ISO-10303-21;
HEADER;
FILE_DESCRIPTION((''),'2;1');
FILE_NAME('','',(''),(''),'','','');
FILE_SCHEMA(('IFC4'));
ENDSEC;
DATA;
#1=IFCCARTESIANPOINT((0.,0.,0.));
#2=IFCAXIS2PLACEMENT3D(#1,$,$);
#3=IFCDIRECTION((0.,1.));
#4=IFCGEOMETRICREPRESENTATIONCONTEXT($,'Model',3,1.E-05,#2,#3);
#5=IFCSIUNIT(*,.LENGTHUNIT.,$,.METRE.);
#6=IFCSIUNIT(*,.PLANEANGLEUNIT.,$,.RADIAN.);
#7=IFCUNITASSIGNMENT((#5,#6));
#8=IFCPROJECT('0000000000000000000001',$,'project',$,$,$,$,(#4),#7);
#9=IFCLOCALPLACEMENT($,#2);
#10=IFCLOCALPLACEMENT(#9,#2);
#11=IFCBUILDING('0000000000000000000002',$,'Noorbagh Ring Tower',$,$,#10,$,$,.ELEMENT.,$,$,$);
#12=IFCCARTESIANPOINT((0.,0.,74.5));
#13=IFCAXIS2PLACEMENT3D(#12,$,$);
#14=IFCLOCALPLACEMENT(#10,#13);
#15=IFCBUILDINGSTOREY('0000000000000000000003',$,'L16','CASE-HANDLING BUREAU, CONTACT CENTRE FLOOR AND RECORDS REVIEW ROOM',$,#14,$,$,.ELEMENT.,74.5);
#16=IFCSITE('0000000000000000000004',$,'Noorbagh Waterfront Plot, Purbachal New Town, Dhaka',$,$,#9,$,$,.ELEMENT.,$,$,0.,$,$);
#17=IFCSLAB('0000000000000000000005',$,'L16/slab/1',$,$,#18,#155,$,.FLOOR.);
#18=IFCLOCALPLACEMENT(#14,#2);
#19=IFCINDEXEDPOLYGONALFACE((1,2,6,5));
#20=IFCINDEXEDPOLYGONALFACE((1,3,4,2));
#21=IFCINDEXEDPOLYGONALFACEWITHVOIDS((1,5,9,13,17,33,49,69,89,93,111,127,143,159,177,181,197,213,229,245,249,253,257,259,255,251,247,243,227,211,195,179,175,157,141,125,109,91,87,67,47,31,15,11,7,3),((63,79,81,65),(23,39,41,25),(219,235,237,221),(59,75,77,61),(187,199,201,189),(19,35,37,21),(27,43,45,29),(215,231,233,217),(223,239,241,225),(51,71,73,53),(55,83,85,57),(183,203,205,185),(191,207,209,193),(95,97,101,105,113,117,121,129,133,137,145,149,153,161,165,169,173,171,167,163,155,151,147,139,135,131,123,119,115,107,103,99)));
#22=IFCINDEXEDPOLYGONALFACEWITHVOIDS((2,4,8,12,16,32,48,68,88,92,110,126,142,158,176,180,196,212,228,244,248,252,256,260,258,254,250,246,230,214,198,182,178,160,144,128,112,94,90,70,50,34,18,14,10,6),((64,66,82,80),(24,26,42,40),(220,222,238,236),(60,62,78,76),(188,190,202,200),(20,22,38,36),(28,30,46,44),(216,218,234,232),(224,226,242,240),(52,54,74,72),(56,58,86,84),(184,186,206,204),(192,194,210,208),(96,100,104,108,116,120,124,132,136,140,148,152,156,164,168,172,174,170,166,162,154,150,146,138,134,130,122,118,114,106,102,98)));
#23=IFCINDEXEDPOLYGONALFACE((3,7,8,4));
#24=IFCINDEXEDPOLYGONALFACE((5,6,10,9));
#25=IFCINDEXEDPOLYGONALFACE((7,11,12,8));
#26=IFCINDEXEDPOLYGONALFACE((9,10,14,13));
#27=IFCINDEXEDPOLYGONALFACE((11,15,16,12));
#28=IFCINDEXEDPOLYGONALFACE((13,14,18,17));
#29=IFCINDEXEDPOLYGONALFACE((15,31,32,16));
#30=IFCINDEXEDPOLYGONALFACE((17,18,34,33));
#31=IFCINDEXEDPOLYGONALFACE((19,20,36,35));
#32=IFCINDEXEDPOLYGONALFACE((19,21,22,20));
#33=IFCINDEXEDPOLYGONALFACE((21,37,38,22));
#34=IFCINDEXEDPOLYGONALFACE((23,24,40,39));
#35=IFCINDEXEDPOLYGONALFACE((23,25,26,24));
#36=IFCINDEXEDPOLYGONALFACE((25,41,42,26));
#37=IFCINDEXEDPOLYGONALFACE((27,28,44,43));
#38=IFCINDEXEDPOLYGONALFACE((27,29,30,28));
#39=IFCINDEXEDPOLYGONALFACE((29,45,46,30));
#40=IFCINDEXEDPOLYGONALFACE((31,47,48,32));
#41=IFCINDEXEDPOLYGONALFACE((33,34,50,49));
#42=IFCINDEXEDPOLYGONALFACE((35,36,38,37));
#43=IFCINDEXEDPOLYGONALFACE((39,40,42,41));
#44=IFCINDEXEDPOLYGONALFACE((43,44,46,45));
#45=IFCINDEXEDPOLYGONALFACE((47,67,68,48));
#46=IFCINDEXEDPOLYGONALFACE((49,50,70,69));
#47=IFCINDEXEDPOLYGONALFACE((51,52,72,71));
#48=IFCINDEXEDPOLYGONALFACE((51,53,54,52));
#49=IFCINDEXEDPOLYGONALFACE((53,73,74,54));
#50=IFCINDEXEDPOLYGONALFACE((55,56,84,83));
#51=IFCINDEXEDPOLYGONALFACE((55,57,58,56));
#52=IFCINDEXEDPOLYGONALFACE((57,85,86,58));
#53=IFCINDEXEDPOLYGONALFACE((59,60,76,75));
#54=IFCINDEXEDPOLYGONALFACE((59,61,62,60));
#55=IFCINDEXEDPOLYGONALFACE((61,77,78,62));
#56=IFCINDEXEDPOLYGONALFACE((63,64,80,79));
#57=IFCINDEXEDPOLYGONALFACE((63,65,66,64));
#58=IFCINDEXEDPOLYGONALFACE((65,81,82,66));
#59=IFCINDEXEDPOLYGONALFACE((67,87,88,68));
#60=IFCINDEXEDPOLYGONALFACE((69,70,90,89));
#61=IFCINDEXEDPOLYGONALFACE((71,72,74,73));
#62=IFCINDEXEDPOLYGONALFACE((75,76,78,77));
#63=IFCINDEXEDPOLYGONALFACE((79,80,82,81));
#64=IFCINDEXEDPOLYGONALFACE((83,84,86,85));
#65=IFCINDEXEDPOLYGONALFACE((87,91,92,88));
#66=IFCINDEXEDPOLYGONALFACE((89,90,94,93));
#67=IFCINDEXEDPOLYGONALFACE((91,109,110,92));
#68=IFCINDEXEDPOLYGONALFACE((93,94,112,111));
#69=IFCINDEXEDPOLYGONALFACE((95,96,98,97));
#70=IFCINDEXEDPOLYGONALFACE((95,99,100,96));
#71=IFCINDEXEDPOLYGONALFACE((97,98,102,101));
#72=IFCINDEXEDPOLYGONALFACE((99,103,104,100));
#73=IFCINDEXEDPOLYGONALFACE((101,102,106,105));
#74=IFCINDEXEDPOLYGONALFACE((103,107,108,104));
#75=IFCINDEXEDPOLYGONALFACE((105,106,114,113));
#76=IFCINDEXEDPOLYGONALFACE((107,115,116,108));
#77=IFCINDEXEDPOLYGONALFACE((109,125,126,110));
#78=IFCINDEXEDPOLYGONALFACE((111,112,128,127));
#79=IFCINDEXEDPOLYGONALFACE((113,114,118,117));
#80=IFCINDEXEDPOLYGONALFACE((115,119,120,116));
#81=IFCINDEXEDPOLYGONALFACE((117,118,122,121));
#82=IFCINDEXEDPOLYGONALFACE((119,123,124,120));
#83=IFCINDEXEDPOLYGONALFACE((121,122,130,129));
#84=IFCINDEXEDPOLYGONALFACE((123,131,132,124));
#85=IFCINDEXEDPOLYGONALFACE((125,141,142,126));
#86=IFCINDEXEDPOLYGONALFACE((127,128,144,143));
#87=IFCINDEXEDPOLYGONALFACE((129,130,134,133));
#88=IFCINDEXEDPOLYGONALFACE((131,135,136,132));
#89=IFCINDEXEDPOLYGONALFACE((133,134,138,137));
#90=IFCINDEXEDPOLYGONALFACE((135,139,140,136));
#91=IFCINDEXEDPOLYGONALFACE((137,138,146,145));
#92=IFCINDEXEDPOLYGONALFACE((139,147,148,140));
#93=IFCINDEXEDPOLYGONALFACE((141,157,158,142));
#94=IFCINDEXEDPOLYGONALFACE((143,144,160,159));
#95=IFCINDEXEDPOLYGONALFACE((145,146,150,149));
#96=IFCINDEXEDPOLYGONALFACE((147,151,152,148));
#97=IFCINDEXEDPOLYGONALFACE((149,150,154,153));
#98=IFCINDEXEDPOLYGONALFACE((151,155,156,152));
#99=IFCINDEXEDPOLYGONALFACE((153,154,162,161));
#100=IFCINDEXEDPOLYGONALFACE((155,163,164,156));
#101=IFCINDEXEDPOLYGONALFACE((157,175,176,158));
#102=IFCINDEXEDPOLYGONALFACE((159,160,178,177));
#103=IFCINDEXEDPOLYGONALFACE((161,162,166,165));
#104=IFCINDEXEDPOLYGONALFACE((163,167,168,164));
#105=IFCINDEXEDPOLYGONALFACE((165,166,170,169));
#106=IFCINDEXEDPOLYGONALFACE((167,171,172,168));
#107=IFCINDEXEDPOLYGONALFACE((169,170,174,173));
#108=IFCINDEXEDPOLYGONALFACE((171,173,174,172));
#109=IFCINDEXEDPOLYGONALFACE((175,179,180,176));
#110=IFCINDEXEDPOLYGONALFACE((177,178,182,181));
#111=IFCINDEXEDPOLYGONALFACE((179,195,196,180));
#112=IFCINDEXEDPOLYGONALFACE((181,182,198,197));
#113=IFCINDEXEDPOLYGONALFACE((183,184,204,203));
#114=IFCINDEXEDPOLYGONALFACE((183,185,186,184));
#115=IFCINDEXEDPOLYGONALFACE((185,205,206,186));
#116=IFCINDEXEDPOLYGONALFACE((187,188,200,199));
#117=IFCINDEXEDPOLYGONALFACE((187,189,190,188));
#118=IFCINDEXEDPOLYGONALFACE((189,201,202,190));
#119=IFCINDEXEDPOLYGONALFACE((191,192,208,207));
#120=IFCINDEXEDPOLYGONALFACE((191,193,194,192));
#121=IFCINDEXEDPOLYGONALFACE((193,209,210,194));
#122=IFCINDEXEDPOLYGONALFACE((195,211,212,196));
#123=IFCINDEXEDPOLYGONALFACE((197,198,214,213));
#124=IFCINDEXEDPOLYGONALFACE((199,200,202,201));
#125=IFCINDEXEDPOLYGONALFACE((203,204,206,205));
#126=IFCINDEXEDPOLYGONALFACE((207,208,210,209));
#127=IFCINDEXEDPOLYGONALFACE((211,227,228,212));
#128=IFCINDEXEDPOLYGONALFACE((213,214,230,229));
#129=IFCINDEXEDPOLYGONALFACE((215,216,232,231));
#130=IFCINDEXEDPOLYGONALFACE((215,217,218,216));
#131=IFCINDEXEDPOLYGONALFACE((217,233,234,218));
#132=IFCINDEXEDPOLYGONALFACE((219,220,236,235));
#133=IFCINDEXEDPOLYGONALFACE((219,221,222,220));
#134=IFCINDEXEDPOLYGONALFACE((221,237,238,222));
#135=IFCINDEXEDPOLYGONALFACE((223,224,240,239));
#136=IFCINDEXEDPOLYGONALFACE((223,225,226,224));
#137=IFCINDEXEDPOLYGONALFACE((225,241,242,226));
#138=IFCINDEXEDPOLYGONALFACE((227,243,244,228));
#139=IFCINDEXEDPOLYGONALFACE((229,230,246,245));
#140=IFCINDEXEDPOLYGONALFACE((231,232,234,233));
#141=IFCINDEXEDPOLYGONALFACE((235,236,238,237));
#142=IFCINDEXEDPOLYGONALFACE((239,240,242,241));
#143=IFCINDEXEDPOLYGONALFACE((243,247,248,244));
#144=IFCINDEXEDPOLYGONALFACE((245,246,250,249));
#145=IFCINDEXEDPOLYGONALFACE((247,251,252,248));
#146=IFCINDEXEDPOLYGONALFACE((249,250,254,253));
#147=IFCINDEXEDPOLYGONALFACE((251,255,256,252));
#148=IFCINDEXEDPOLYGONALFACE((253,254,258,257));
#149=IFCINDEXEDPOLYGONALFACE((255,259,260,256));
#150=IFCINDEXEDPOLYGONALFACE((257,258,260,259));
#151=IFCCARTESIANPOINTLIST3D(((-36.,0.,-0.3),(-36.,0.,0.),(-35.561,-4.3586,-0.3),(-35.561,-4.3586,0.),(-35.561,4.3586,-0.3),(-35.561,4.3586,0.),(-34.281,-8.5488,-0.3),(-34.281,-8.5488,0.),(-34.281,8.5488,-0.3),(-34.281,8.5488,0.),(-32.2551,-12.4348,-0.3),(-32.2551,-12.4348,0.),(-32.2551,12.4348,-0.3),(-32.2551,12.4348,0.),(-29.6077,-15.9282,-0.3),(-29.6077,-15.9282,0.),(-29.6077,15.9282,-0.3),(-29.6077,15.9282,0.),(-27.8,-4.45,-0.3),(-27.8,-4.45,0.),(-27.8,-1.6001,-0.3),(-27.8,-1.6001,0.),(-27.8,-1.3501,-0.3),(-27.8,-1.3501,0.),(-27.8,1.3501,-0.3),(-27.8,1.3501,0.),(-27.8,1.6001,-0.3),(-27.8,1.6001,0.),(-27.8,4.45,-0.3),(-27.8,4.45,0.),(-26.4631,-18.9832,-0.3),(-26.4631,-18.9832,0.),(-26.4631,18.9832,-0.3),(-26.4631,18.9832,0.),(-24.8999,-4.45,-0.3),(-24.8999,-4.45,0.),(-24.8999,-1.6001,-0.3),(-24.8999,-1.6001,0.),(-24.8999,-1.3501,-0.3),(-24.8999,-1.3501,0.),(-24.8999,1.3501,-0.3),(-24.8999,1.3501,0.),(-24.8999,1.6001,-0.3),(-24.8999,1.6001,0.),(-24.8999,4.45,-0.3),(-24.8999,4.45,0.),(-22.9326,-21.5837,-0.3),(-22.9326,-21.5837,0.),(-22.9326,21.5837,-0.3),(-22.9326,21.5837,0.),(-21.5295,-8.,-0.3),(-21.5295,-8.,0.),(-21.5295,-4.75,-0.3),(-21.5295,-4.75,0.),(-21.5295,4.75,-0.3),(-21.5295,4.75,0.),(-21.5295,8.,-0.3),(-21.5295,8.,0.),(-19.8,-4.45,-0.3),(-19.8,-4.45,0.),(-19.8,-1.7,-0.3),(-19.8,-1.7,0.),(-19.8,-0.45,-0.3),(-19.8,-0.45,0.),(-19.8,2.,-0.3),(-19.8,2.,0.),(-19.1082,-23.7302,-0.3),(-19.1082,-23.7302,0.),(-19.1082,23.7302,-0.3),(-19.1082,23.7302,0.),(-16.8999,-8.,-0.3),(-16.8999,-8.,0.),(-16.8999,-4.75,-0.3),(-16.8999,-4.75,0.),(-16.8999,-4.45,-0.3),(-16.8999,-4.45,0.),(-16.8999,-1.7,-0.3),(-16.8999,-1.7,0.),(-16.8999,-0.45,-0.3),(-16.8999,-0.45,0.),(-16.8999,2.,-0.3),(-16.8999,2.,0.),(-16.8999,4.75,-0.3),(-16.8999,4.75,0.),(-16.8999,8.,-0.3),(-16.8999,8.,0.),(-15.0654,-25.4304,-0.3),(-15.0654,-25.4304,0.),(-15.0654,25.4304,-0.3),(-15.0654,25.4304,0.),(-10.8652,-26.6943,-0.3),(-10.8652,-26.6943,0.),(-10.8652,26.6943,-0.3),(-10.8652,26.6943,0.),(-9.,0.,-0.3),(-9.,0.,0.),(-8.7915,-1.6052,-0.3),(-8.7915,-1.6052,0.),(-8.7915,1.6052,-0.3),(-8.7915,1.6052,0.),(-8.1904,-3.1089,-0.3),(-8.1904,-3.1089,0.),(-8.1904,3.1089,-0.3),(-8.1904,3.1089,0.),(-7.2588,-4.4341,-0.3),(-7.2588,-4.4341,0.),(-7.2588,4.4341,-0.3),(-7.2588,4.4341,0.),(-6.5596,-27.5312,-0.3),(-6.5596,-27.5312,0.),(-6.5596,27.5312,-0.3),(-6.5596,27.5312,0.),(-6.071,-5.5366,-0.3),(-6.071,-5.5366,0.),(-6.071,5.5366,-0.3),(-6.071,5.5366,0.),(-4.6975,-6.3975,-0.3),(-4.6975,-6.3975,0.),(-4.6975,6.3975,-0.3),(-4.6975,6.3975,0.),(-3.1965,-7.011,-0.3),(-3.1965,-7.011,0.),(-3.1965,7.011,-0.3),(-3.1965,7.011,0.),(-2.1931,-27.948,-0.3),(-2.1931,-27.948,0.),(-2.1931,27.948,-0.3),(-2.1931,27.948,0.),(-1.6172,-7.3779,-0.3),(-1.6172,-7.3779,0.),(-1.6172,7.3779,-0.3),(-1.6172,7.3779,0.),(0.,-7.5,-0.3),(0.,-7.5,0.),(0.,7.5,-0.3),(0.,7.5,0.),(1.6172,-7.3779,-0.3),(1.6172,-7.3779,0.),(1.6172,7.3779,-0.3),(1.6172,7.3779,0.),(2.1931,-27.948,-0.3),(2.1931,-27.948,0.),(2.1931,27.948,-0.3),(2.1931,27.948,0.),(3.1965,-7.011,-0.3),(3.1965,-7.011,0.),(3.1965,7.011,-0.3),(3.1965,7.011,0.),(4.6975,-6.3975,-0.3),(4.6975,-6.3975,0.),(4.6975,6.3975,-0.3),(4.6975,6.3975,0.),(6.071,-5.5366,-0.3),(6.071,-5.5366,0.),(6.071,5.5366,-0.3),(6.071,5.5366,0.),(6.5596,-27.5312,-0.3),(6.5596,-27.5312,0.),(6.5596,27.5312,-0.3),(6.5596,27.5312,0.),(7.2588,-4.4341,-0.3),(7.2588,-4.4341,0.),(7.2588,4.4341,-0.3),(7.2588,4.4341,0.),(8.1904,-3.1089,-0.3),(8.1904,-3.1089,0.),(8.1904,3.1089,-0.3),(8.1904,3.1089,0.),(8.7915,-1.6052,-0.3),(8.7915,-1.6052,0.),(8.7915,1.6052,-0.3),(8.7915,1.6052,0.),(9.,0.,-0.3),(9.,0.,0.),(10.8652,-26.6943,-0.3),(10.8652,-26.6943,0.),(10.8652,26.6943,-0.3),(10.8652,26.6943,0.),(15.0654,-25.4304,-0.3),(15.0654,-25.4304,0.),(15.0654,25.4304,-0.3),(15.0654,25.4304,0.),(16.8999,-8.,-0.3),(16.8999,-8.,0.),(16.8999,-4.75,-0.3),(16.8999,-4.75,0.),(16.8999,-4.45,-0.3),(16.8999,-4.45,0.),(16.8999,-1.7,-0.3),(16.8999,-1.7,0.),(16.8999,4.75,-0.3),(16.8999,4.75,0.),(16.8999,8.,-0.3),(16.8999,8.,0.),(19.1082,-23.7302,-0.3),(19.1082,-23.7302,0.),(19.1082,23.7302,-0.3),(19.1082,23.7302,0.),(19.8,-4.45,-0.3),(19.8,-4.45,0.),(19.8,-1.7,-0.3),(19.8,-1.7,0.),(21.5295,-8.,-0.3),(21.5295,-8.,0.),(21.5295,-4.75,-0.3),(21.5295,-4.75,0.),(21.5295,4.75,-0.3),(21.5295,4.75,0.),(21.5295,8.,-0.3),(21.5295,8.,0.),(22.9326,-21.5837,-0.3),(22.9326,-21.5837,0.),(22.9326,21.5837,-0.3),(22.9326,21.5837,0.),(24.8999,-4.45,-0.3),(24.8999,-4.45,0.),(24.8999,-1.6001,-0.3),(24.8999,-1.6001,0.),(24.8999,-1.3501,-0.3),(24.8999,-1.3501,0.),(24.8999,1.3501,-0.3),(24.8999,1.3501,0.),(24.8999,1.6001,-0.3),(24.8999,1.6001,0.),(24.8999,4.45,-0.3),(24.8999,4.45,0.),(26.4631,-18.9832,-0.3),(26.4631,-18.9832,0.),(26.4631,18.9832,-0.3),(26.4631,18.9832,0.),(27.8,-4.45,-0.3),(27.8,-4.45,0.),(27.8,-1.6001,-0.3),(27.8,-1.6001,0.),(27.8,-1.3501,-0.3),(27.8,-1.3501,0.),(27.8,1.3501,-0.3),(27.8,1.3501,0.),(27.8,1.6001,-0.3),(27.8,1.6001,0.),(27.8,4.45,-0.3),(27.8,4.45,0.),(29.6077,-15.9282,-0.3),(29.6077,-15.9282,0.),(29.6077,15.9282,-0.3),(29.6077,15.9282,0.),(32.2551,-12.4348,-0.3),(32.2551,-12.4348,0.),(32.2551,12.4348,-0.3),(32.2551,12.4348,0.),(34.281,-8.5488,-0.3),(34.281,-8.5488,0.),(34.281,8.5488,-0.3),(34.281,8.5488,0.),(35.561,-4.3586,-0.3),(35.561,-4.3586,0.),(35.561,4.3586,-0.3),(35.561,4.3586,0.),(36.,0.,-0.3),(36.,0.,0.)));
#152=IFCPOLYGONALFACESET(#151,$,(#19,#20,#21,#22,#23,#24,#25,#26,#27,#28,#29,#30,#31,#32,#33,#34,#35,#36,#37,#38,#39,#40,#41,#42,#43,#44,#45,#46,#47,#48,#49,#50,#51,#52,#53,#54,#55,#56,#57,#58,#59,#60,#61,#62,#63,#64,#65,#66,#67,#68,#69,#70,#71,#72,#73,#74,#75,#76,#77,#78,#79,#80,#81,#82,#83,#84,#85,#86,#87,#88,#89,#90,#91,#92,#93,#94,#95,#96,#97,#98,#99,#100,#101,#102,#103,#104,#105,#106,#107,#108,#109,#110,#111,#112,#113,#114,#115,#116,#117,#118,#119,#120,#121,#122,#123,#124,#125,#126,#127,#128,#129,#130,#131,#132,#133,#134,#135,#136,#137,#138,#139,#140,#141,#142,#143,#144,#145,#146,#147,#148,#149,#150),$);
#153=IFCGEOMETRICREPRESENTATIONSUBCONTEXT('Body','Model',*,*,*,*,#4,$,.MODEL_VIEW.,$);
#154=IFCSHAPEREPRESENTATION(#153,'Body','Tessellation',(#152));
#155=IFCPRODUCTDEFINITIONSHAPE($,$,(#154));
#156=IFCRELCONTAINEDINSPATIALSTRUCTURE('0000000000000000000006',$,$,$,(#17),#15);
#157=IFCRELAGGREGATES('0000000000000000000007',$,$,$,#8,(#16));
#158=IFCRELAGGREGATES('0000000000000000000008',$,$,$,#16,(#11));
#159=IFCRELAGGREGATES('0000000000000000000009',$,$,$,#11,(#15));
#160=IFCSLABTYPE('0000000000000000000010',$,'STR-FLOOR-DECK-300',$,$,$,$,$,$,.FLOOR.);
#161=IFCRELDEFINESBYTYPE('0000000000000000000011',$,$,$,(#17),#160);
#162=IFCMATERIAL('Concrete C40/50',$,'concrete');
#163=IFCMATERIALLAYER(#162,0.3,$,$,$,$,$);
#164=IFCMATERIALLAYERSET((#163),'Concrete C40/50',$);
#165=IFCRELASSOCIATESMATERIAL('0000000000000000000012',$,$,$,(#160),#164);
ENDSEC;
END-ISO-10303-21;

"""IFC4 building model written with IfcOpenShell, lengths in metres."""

from ifc_helpers import new_model, si_unit, direction, frame, origin, place, context, subcontext, project, spatial, polyline, outline, extrude, material, layer, layer_set, type_object, element, save


model = new_model("IFC4")

# Units and contexts
model_context = context("Model", 3, precision=1e-05, world=origin(), true_north=direction((0.0, 1.0)))
body_context = subcontext(model_context, "Body", "Model", "MODEL_VIEW")
ifc_project = project(units=[si_unit("LENGTHUNIT", "METRE"), si_unit("PLANEANGLEUNIT", "RADIAN")], contexts=[model_context])

# Site, building, storey
site_placement = place(None, origin())
site = spatial("IfcSite", under=ifc_project, at=site_placement, Name="Noorbagh Waterfront Plot, Purbachal New Town, Dhaka", CompositionType="ELEMENT", RefElevation=0.0)
building_placement = place(site_placement, origin())
building = spatial("IfcBuilding", under=site, at=building_placement, Name="Noorbagh Ring Tower", CompositionType="ELEMENT")
storey_placement = place(building_placement, frame((0.0, 0.0, 74.5)))
storey = spatial("IfcBuildingStorey", under=building, at=storey_placement, Name="L16", Description="CASE-HANDLING BUREAU, CONTACT CENTRE FLOOR AND RECORDS REVIEW ROOM", CompositionType="ELEMENT", Elevation=74.5)

# Slab
ifc_material_1 = material(Name="Concrete C40/50", Category="concrete")
ifc_layer_1 = layer(ifc_material_1, 0.3)
ifc_layer_set_1 = layer_set([ifc_layer_1], Name="Concrete C40/50")
slab_type_1 = type_object("IfcSlabType", Name="STR-FLOOR-DECK-300", PredefinedType="FLOOR", material=ifc_layer_set_1)
slab_1_placement = place(storey_placement, frame((0.0, 0.0, -0.3)))
element("IfcSlab", 1, at=slab_1_placement, inside=storey, type_object=slab_type_1, Name="L16/slab/1", PredefinedType="FLOOR", context=body_context, shape_type="SweptSolid", body=[
    extrude(outline(polyline([(36.0, 0.0), (35.561, 4.3586), (34.281, 8.5488), (32.2551, 12.4348), (29.6077, 15.9282), (26.4631, 18.9832), (22.9326, 21.5837), (19.1082, 23.7302), (15.0654, 25.4304), (10.8652, 26.6943), (6.5596, 27.5312), (2.1931, 27.948), (-2.1931, 27.948), (-6.5596, 27.5312), (-10.8652, 26.6943), (-15.0654, 25.4304), (-19.1082, 23.7302), (-22.9326, 21.5837), (-26.4631, 18.9832), (-29.6077, 15.9282), (-32.2551, 12.4348), (-34.281, 8.5488), (-35.561, 4.3586), (-36.0, 0.0), (-35.561, -4.3586), (-34.281, -8.5488), (-32.2551, -12.4348), (-29.6077, -15.9282), (-26.4631, -18.9832), (-22.9326, -21.5837), (-19.1082, -23.7302), (-15.0654, -25.4304), (-10.8652, -26.6943), (-6.5596, -27.5312), (-2.1931, -27.948), (2.1931, -27.948), (6.5596, -27.5312), (10.8652, -26.6943), (15.0654, -25.4304), (19.1082, -23.7302), (22.9326, -21.5837), (26.4631, -18.9832), (29.6077, -15.9282), (32.2551, -12.4348), (34.281, -8.5488), (35.561, -4.3586), (36.0, 0.0)]), holes=[polyline([(24.8999, -1.6001), (27.8, -1.6001), (27.8, -4.45), (24.8999, -4.45), (24.8999, -1.6001)]), polyline([(24.8999, 1.3501), (27.8, 1.3501), (27.8, -1.3501), (24.8999, -1.3501), (24.8999, 1.3501)]), polyline([(24.8999, 4.45), (27.8, 4.45), (27.8, 1.6001), (24.8999, 1.6001), (24.8999, 4.45)]), polyline([(21.5295, -4.75), (21.5295, -8.0), (16.8999, -8.0), (16.8999, -4.75), (21.5295, -4.75)]), polyline([(21.5295, 4.75), (16.8999, 4.75), (16.8999, 8.0), (21.5295, 8.0), (21.5295, 4.75)]), polyline([(16.8999, -1.7), (19.8, -1.7), (19.8, -4.45), (16.8999, -4.45), (16.8999, -1.7)]), polyline([(4.6975, -6.3975), (3.1965, -7.011), (1.6172, -7.3779), (0.0, -7.5), (-1.6172, -7.3779), (-3.1965, -7.011), (-4.6975, -6.3975), (-6.071, -5.5366), (-7.2588, -4.4341), (-8.1904, -3.1089), (-8.7915, -1.6052), (-9.0, 0.0), (-8.7915, 1.6052), (-8.1904, 3.1089), (-7.2588, 4.4341), (-6.071, 5.5366), (-4.6975, 6.3975), (-3.1965, 7.011), (-1.6172, 7.3779), (0.0, 7.5), (1.6172, 7.3779), (3.1965, 7.011), (4.6975, 6.3975), (6.071, 5.5366), (7.2588, 4.4341), (8.1904, 3.1089), (8.7915, 1.6052), (9.0, 0.0), (8.7915, -1.6052), (8.1904, -3.1089), (7.2588, -4.4341), (6.071, -5.5366), (4.6975, -6.3975)]), polyline([(-21.5295, -8.0), (-21.5295, -4.75), (-16.8999, -4.75), (-16.8999, -8.0), (-21.5295, -8.0)]), polyline([(-21.5295, 8.0), (-16.8999, 8.0), (-16.8999, 4.75), (-21.5295, 4.75), (-21.5295, 8.0)]), polyline([(-16.8999, -4.45), (-19.8, -4.45), (-19.8, -1.7), (-16.8999, -1.7), (-16.8999, -4.45)]), polyline([(-16.8999, -0.45), (-19.8, -0.45), (-19.8, 2.0), (-16.8999, 2.0), (-16.8999, -0.45)]), polyline([(-24.8999, -4.45), (-27.8, -4.45), (-27.8, -1.6001), (-24.8999, -1.6001), (-24.8999, -4.45)]), polyline([(-24.8999, -1.3501), (-27.8, -1.3501), (-27.8, 1.3501), (-24.8999, 1.3501), (-24.8999, -1.3501)]), polyline([(-24.8999, 1.6001), (-27.8, 1.6001), (-27.8, 4.45), (-24.8999, 4.45), (-24.8999, 1.6001)])]), origin(), (0.0, 0.0, 1.0), 0.3),
])

save(model, "model.ifc")
